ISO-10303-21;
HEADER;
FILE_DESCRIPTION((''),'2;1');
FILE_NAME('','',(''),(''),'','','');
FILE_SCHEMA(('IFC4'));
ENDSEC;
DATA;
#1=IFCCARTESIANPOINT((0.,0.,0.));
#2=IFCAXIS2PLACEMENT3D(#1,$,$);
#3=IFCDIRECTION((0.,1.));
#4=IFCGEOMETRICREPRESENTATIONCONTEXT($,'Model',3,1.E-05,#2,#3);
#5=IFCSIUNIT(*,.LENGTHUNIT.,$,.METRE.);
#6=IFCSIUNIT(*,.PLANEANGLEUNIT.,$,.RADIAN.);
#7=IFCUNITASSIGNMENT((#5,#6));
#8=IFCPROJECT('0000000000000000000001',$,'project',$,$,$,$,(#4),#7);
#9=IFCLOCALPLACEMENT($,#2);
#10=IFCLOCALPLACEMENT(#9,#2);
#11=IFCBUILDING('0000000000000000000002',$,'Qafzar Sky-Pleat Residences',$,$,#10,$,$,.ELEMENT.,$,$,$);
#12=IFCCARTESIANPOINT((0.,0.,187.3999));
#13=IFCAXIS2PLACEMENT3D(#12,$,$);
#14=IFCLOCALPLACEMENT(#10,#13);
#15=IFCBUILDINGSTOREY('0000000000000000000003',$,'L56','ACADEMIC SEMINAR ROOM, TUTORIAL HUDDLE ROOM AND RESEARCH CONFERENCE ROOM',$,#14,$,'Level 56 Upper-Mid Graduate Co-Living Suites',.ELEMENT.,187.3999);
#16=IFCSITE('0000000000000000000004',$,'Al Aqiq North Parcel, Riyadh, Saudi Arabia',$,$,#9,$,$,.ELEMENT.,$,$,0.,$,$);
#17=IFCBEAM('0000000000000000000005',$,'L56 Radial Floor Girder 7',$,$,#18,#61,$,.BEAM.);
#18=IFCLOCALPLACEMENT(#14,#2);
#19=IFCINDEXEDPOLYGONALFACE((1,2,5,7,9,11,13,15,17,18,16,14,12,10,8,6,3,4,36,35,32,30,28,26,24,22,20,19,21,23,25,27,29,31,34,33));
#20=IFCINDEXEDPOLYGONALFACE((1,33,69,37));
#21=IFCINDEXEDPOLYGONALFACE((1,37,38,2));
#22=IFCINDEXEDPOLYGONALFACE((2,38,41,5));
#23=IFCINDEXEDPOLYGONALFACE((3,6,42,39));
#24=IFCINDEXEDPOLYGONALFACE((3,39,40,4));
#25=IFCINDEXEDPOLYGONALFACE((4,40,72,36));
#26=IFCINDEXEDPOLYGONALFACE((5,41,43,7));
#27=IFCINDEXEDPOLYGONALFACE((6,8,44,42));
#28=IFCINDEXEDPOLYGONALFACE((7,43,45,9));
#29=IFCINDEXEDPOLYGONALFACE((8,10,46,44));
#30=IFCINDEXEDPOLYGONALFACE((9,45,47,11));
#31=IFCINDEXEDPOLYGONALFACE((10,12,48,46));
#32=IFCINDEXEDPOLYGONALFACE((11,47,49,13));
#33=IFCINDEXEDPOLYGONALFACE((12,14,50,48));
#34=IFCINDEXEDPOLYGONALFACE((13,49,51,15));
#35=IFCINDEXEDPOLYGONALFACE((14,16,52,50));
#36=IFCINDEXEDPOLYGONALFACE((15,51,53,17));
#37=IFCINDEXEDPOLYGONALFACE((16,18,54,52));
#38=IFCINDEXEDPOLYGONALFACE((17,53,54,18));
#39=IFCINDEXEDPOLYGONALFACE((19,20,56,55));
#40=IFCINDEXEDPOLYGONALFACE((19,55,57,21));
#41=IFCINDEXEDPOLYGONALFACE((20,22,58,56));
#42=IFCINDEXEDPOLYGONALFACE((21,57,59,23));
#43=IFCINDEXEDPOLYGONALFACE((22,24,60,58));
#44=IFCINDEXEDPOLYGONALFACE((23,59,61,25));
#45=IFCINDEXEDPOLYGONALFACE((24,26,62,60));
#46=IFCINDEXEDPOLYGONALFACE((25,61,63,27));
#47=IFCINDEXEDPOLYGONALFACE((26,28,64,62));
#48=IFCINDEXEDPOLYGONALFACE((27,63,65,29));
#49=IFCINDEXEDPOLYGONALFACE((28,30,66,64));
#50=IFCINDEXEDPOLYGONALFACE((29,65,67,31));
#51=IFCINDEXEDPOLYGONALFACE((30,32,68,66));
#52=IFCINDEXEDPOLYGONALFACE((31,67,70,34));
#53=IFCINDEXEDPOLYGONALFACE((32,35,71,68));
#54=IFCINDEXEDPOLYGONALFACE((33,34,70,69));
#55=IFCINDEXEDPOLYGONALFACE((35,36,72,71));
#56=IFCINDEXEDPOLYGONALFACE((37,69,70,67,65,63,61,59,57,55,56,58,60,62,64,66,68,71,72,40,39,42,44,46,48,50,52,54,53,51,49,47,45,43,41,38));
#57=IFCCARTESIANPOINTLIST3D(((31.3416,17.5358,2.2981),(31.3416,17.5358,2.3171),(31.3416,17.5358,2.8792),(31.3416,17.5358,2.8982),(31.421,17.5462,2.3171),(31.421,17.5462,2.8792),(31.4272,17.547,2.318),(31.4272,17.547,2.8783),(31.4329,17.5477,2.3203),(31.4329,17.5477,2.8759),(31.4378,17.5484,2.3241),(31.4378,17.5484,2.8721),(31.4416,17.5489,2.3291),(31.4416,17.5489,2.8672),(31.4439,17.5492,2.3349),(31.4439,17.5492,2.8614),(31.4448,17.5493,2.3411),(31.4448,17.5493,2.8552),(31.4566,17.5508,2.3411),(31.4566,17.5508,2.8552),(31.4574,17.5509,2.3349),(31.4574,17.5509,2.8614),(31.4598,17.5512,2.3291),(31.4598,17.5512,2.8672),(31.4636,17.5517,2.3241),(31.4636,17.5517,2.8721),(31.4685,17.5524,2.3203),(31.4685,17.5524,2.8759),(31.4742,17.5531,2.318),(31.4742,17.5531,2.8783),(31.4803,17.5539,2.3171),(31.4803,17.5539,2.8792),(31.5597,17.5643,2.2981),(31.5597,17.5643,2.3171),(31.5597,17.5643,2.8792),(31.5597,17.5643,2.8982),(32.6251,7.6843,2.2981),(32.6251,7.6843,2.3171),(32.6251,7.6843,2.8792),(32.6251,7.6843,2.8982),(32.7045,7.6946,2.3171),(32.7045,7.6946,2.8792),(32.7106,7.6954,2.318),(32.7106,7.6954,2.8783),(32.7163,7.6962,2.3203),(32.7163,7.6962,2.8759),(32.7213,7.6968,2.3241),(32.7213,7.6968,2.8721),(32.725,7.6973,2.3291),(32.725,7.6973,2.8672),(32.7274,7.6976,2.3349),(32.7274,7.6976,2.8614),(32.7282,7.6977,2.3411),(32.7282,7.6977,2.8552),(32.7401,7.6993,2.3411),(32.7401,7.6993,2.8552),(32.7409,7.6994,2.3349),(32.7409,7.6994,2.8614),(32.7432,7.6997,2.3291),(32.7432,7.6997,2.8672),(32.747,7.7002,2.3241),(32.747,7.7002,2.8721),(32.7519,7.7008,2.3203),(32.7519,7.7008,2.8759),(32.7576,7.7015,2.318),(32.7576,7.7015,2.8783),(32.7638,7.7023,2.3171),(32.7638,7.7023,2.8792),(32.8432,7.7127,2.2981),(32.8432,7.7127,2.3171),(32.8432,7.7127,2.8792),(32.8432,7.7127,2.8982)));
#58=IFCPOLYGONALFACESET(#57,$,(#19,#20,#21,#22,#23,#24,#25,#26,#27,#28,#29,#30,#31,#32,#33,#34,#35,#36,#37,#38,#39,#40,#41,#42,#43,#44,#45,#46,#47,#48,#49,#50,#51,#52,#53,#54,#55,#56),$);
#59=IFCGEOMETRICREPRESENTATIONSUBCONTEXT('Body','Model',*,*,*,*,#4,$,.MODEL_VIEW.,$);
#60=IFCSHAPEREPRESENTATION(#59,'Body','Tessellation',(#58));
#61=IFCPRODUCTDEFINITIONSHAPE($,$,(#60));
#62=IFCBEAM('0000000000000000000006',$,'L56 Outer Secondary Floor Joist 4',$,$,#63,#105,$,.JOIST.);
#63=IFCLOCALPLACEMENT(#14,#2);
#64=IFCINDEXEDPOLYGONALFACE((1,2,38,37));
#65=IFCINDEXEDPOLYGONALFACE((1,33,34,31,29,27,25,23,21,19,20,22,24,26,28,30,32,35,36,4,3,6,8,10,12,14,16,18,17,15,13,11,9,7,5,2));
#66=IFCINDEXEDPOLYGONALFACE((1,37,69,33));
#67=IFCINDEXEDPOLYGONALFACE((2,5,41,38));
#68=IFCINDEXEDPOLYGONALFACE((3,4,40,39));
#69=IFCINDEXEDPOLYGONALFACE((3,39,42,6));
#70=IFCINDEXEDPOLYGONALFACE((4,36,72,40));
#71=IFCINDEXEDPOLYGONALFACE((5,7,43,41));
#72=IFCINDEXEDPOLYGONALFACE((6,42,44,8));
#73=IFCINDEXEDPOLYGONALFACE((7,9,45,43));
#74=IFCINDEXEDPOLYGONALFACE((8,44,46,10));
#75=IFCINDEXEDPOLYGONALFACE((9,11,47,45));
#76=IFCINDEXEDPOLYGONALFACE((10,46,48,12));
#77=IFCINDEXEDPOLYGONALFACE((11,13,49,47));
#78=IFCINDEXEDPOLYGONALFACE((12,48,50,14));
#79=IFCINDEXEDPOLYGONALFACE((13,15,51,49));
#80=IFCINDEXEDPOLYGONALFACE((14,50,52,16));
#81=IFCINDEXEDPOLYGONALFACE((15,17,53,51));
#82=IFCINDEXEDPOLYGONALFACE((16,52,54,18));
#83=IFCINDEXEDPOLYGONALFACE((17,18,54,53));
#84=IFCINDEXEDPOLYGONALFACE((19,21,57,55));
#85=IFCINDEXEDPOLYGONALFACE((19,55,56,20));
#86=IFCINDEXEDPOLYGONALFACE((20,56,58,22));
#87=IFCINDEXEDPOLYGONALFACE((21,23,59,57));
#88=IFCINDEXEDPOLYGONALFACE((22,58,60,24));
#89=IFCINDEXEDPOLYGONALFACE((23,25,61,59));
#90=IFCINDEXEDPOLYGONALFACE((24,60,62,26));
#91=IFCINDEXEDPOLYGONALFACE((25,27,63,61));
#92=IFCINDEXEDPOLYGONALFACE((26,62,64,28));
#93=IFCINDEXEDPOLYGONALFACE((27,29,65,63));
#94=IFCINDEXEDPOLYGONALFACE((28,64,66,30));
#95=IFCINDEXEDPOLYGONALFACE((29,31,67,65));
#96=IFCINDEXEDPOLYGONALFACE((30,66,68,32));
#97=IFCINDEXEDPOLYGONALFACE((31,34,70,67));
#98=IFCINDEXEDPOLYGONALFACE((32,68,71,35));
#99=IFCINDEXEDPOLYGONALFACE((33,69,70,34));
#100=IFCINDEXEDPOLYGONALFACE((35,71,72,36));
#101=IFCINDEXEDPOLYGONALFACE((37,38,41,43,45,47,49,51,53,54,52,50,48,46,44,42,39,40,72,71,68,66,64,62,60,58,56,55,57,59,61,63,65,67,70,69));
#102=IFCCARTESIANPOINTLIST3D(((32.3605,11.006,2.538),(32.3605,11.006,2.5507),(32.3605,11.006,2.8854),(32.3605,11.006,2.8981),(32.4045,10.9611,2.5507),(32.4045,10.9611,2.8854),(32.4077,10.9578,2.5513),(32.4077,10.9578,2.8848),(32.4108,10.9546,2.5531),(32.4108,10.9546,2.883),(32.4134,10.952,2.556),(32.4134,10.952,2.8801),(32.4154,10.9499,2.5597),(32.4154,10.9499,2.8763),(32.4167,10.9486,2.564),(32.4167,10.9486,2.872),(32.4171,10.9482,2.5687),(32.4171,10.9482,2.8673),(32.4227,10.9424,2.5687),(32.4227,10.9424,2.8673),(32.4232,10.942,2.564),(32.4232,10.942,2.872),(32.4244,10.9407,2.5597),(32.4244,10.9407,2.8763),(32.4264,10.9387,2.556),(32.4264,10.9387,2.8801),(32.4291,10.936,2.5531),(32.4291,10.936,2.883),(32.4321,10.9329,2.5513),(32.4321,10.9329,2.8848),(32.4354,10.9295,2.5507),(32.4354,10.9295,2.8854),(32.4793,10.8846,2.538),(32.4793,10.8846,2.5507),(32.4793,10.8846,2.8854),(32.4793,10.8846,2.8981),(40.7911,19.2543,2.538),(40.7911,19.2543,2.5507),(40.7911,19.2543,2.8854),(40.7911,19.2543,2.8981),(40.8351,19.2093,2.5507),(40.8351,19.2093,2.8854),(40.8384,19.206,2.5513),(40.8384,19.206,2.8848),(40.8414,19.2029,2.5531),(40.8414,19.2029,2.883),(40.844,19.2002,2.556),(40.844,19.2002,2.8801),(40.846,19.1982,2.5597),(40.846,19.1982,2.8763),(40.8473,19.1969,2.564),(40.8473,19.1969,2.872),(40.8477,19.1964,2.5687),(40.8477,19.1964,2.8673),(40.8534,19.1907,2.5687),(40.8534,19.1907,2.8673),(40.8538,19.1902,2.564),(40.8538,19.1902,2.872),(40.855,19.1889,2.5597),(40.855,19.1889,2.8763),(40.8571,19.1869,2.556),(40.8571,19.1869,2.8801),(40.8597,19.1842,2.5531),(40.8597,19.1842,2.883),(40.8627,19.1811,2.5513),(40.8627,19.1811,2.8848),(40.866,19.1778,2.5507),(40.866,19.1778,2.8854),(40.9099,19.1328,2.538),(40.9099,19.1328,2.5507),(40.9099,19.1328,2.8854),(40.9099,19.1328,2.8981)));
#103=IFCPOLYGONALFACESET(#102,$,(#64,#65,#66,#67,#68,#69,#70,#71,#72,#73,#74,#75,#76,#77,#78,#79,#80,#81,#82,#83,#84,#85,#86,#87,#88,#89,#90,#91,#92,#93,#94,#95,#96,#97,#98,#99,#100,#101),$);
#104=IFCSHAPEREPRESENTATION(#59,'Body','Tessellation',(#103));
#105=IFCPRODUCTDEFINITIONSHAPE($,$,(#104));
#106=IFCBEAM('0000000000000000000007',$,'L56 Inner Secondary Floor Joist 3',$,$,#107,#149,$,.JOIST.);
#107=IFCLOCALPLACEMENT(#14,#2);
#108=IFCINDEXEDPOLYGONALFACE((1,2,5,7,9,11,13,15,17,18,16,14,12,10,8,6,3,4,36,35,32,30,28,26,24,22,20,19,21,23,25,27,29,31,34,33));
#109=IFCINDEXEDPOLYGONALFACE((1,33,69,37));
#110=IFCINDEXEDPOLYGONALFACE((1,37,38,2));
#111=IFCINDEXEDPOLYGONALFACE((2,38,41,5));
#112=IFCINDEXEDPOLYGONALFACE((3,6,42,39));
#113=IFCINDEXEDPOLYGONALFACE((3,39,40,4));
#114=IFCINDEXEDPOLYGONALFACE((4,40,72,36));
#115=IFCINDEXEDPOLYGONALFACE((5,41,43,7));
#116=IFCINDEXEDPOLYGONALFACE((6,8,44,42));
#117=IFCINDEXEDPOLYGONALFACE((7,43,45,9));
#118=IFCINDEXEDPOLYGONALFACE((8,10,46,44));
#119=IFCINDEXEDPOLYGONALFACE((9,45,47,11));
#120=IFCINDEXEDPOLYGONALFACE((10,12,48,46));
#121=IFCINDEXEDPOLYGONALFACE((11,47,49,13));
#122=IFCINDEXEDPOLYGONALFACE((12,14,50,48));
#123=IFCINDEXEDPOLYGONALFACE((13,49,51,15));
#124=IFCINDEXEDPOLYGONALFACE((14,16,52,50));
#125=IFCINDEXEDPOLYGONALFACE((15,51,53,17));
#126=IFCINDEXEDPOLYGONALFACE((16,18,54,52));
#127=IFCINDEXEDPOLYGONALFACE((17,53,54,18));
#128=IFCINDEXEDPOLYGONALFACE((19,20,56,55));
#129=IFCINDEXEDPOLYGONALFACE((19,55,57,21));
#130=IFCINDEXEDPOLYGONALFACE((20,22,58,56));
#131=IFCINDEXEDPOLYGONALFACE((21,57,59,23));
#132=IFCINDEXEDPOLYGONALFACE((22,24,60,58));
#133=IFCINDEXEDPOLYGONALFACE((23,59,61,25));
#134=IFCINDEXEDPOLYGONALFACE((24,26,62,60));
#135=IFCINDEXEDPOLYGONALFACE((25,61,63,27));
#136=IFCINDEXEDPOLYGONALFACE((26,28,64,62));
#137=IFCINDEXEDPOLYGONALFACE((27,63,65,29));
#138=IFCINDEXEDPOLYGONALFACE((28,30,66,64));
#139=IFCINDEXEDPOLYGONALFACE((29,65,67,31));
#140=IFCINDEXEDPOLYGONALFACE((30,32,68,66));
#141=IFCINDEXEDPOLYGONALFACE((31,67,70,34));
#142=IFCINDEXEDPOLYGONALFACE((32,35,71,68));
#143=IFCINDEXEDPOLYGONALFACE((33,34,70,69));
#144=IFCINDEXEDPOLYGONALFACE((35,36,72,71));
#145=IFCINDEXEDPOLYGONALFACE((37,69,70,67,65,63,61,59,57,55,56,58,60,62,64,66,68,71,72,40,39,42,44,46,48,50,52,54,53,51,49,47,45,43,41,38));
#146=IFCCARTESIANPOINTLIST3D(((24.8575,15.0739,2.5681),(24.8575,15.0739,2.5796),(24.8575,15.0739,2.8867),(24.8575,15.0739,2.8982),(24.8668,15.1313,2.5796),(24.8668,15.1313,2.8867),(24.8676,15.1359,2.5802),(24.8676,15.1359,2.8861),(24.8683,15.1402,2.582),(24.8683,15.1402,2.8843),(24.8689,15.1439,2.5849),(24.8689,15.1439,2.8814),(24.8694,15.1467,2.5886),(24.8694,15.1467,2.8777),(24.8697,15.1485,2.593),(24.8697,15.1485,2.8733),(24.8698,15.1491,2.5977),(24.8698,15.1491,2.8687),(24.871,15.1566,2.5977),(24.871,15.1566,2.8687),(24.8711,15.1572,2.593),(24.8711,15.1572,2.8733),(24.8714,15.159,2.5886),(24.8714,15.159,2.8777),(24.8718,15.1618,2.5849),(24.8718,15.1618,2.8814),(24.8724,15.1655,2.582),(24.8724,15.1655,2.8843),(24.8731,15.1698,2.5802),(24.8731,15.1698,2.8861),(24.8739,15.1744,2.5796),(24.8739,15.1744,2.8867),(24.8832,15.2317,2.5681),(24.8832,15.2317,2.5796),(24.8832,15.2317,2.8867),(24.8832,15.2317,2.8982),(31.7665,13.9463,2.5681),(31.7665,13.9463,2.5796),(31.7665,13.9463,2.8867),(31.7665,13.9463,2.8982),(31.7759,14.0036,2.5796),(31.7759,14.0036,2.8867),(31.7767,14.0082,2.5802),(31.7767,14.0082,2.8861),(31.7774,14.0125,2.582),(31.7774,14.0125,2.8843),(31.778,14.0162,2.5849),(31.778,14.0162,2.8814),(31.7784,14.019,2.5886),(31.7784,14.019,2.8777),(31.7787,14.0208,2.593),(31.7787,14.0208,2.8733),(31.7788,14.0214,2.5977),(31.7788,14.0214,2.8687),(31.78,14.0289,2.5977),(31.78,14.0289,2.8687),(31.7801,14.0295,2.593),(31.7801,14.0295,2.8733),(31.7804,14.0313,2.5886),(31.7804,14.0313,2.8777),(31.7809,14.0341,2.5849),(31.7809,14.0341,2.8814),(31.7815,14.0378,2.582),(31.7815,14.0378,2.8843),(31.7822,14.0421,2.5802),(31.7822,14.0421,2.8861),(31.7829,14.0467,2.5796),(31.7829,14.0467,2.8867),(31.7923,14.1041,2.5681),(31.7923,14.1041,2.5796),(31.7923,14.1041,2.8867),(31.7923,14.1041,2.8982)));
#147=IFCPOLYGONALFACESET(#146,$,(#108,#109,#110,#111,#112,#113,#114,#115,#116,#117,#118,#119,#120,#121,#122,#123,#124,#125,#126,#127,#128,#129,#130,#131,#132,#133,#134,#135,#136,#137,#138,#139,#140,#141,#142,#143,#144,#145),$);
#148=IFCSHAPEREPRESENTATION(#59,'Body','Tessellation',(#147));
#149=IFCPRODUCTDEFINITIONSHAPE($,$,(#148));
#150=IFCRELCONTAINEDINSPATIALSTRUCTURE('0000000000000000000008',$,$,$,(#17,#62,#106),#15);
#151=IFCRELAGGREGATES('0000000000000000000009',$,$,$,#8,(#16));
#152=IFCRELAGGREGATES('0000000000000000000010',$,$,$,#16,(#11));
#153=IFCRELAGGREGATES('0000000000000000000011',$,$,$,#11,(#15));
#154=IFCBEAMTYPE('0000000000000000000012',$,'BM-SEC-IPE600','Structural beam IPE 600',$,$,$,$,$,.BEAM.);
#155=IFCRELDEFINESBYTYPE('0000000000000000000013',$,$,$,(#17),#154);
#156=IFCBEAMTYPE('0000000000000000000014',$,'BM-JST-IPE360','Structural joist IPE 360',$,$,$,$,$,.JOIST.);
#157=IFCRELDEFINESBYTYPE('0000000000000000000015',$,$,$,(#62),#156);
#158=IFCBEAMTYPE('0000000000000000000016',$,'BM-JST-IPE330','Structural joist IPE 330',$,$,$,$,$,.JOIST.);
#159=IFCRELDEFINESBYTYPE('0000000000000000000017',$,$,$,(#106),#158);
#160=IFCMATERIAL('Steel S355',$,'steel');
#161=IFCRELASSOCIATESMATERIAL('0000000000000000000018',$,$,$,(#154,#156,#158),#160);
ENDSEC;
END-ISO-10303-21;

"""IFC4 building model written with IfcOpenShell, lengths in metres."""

from ifc_helpers import new_model, si_unit, direction, frame, origin, origin_2d, place, context, subcontext, project, spatial, i_section, extrude, source, transform, mapped, material, material_profile, profile_set, type_object, element, save


model = new_model("IFC4")

# Units and contexts
model_context = context("Model", 3, precision=1e-05, world=origin(), true_north=direction((0.0, 1.0)))
body_context = subcontext(model_context, "Body", "Model", "MODEL_VIEW")
ifc_project = project(units=[si_unit("LENGTHUNIT", "METRE"), si_unit("PLANEANGLEUNIT", "RADIAN")], contexts=[model_context])

# Site, building, storey
site_placement = place(None, origin())
site = spatial("IfcSite", under=ifc_project, at=site_placement, Name="Al Aqiq North Parcel, Riyadh, Saudi Arabia", CompositionType="ELEMENT", RefElevation=0.0)
building_placement = place(site_placement, origin())
building = spatial("IfcBuilding", under=site, at=building_placement, Name="Qafzar Sky-Pleat Residences", CompositionType="ELEMENT")
storey_placement = place(building_placement, frame((0.0, 0.0, 187.3999)))
storey = spatial("IfcBuildingStorey", under=building, at=storey_placement, Name="L56", Description="ACADEMIC SEMINAR ROOM, TUTORIAL HUDDLE ROOM AND RESEARCH CONFERENCE ROOM", LongName="Level 56 Upper-Mid Graduate Co-Living Suites", CompositionType="ELEMENT", Elevation=187.3999)

# Shared definitions
ifc_material_1 = material(Name="Steel S355", Category="steel")

# Beams
ifc_material_profile_1 = material_profile(ifc_material_1, i_section(OverallWidth=0.22, OverallDepth=0.6001, WebThickness=0.012, FlangeThickness=0.019, FilletRadius=0.0239, at=origin_2d()), Name="IPE 600")
ifc_profile_set_1 = profile_set([ifc_material_profile_1], Name="Steel S355")
beam_type_1 = type_object("IfcBeamType", Name="BM-SEC-IPE600", Description="Structural beam IPE 600", PredefinedType="BEAM", material=ifc_profile_set_1)
shared_shape_1 = source(origin(), body_context, "Body", "SweptSolid", [
    extrude(i_section(OverallWidth=0.22, OverallDepth=0.6001, WebThickness=0.012, FlangeThickness=0.019, FilletRadius=0.0239, at=origin_2d()), origin(), (0.0, 0.0, 1.0), 9.9348),
])
beam_1_placement = place(storey_placement, frame((32.7341, 7.6985, 2.5981), z_axis=(-0.129187, 0.99162, 0.0), x_axis=(-0.99162, -0.129187, 0.0)))
element("IfcBeam", 1, at=beam_1_placement, inside=storey, type_object=beam_type_1, Name="L56 Radial Floor Girder 7", PredefinedType="BEAM", context=body_context, shape_type="MappedRepresentation", body=[
    mapped(shared_shape_1, transform((0.0, 0.0, 0.0), x_axis=(1.0, 0.0, 0.0), y_axis=(0.0, 1.0, 0.0), z_axis=(0.0, 0.0, 1.0), scale=1.0)),
])
ifc_material_profile_2 = material_profile(ifc_material_1, i_section(OverallWidth=0.1699, OverallDepth=0.3601, WebThickness=0.0081, FlangeThickness=0.0127, FilletRadius=0.0181, at=origin_2d()), Name="IPE 360")
ifc_profile_set_2 = profile_set([ifc_material_profile_2], Name="Steel S355")
beam_type_2 = type_object("IfcBeamType", Name="BM-JST-IPE360", Description="Structural joist IPE 360", PredefinedType="JOIST", material=ifc_profile_set_2)
shared_shape_2 = source(origin(), body_context, "Body", "SweptSolid", [
    extrude(i_section(OverallWidth=0.1699, OverallDepth=0.3601, WebThickness=0.0081, FlangeThickness=0.0127, FilletRadius=0.0181, at=origin_2d()), origin(), (0.0, 0.0, 1.0), 11.7944),
])
beam_2_placement = place(storey_placement, frame((32.4199, 10.9453, 2.718), z_axis=(0.714796, 0.699333, 0.0), x_axis=(-0.699333, 0.714796, 0.0)))
element("IfcBeam", 2, at=beam_2_placement, inside=storey, type_object=beam_type_2, Name="L56 Outer Secondary Floor Joist 4", PredefinedType="JOIST", context=body_context, shape_type="MappedRepresentation", body=[
    mapped(shared_shape_2, transform((0.0, 0.0, 0.0), x_axis=(1.0, 0.0, 0.0), y_axis=(0.0, 1.0, 0.0), z_axis=(0.0, 0.0, 1.0), scale=1.0)),
])
ifc_material_profile_3 = material_profile(ifc_material_1, i_section(OverallWidth=0.1599, OverallDepth=0.3301, WebThickness=0.0076, FlangeThickness=0.0115, FilletRadius=0.0181, at=origin_2d()), Name="IPE 330")
ifc_profile_set_3 = profile_set([ifc_material_profile_3], Name="Steel S355")
beam_type_3 = type_object("IfcBeamType", Name="BM-JST-IPE330", Description="Structural joist IPE 330", PredefinedType="JOIST", material=ifc_profile_set_3)
shared_shape_3 = source(origin(), body_context, "Body", "SweptSolid", [
    extrude(i_section(OverallWidth=0.1599, OverallDepth=0.3301, WebThickness=0.0076, FlangeThickness=0.0115, FilletRadius=0.0181, at=origin_2d()), origin(), (0.0, 0.0, 1.0), 7.0005),
])
beam_3_placement = place(storey_placement, frame((24.8704, 15.1528, 2.7332), z_axis=(0.986941, -0.161084, 0.0), x_axis=(0.161084, 0.986941, 0.0)))
element("IfcBeam", 3, at=beam_3_placement, inside=storey, type_object=beam_type_3, Name="L56 Inner Secondary Floor Joist 3", PredefinedType="JOIST", context=body_context, shape_type="MappedRepresentation", body=[
    mapped(shared_shape_3, transform((0.0, 0.0, 0.0), x_axis=(1.0, 0.0, 0.0), y_axis=(0.0, 1.0, 0.0), z_axis=(0.0, 0.0, 1.0), scale=1.0)),
])

save(model, "model.ifc")
